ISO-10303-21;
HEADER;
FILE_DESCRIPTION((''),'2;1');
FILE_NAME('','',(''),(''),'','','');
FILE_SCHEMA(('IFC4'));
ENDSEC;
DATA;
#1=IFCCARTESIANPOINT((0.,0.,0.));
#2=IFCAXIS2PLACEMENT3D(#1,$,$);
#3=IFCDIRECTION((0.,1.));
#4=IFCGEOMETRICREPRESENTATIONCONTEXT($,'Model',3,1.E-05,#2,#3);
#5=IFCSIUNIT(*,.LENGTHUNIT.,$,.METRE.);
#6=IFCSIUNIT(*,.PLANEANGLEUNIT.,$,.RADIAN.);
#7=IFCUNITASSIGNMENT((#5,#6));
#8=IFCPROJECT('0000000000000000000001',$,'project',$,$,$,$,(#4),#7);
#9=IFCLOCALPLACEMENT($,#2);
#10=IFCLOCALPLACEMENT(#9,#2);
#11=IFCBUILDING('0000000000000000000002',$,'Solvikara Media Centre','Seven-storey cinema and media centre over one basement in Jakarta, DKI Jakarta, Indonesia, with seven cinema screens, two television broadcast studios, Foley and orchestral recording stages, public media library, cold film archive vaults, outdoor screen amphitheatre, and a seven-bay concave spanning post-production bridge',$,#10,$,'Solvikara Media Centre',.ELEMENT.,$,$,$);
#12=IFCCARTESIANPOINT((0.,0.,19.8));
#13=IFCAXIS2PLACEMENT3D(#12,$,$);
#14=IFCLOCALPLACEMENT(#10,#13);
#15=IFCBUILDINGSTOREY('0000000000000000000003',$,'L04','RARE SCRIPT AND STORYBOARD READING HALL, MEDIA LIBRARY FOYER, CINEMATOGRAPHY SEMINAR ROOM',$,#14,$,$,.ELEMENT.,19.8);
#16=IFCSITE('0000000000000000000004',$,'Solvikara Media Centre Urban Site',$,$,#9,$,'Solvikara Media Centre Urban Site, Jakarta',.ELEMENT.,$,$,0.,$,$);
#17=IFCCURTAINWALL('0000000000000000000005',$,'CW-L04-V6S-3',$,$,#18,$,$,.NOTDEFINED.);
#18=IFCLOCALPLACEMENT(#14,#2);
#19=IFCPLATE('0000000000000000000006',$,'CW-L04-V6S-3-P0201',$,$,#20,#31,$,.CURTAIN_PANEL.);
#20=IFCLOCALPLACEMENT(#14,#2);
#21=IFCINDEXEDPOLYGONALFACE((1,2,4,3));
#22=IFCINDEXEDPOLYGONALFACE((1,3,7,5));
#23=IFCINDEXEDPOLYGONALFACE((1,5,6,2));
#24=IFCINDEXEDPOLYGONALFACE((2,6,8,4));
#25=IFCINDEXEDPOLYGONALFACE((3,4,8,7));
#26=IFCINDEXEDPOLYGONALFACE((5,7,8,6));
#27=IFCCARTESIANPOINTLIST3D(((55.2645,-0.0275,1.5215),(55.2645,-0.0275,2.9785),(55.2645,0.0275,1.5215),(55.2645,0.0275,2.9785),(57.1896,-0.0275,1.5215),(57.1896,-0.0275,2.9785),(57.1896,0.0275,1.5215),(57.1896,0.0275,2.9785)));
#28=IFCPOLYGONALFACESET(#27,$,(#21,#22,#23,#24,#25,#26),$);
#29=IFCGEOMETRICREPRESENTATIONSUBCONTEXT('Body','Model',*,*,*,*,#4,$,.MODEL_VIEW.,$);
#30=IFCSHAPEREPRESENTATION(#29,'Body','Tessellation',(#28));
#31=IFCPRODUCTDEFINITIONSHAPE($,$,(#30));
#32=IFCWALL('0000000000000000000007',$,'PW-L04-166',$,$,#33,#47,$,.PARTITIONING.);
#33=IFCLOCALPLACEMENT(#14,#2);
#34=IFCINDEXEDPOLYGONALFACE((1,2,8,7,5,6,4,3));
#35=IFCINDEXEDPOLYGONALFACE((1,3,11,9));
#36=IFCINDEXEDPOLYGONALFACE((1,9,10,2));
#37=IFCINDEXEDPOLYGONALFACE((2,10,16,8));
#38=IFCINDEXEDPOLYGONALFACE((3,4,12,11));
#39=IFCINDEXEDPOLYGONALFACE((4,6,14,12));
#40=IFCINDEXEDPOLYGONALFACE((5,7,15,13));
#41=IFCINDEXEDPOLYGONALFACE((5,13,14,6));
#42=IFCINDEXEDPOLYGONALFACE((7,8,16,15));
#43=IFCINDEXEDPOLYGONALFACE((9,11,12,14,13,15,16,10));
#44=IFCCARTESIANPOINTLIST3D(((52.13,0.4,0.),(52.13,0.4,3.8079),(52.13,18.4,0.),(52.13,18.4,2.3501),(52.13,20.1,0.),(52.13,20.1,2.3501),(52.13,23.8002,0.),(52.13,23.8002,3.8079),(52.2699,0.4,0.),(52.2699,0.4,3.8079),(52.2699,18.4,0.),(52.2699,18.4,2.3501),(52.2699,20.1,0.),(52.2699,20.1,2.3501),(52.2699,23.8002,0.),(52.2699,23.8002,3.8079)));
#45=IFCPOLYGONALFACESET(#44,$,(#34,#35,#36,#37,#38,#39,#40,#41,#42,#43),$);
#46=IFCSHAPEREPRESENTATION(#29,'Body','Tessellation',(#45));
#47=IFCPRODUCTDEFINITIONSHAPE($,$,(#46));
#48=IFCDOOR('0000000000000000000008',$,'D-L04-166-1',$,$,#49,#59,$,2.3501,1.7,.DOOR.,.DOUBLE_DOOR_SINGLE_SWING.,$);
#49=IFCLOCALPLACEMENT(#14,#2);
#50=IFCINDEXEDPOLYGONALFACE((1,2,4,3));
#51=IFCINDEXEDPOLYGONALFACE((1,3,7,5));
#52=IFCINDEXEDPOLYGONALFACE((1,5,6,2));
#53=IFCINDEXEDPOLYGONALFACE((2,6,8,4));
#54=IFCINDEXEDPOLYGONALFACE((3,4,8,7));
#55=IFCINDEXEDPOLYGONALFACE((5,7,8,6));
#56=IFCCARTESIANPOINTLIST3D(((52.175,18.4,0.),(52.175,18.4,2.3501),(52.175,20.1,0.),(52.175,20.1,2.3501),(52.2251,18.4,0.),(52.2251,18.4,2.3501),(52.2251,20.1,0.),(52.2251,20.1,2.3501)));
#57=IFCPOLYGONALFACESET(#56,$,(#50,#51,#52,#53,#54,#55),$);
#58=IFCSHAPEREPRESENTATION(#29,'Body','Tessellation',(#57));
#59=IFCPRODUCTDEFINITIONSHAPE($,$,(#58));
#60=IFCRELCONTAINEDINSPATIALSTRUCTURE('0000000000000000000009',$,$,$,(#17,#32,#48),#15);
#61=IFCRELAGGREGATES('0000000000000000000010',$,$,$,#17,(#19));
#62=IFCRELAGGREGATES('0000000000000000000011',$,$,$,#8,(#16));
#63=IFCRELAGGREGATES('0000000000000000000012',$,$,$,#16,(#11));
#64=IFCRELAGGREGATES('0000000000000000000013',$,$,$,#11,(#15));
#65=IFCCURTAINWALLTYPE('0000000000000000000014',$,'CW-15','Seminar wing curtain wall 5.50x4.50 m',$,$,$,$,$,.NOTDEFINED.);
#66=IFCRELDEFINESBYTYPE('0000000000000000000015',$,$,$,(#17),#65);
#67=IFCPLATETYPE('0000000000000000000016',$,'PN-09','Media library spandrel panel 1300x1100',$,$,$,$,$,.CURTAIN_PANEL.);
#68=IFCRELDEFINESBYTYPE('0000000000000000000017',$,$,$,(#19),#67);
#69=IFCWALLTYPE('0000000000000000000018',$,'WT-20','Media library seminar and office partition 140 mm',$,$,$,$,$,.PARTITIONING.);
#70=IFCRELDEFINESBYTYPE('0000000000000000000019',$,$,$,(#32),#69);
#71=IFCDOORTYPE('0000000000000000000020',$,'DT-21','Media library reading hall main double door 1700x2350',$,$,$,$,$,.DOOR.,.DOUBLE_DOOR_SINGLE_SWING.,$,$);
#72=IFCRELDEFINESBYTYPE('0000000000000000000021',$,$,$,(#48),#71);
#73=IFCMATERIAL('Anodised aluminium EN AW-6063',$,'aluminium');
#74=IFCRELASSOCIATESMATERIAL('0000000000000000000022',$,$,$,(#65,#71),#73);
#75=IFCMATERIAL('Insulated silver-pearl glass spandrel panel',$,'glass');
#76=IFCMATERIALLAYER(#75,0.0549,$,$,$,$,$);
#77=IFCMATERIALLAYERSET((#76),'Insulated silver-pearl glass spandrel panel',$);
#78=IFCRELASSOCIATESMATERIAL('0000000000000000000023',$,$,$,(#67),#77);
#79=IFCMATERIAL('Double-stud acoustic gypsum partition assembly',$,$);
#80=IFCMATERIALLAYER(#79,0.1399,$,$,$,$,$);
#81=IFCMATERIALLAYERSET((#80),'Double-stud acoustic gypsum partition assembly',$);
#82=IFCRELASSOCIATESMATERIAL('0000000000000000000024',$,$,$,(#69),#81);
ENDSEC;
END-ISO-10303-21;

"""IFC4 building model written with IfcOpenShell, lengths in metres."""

from ifc_helpers import new_model, si_unit, direction, frame, frame_2d, origin, origin_2d, place, context, subcontext, project, spatial, rectangle, extrude, material, layer, layer_set, type_object, element, fill, aggregate, save


model = new_model("IFC4")

# Units and contexts
model_context = context("Model", 3, precision=1e-05, world=origin(), true_north=direction((0.0, 1.0)))
body_context = subcontext(model_context, "Body", "Model", "MODEL_VIEW")
ifc_project = project(units=[si_unit("LENGTHUNIT", "METRE"), si_unit("PLANEANGLEUNIT", "RADIAN")], contexts=[model_context])

# Site, building, storey
site_placement = place(None, origin())
site = spatial("IfcSite", under=ifc_project, at=site_placement, Name="Solvikara Media Centre Urban Site", LongName="Solvikara Media Centre Urban Site, Jakarta", CompositionType="ELEMENT", RefElevation=0.0)
building_placement = place(site_placement, origin())
building = spatial("IfcBuilding", under=site, at=building_placement, Name="Solvikara Media Centre", Description="Seven-storey cinema and media centre over one basement in Jakarta, DKI Jakarta, Indonesia, with seven cinema screens, two television broadcast studios, Foley and orchestral recording stages, public media library, cold film archive vaults, outdoor screen amphitheatre, and a seven-bay concave spanning post-production bridge", LongName="Solvikara Media Centre", CompositionType="ELEMENT")
storey_placement = place(building_placement, frame((0.0, 0.0, 19.8)))
storey = spatial("IfcBuildingStorey", under=building, at=storey_placement, Name="L04", Description="RARE SCRIPT AND STORYBOARD READING HALL, MEDIA LIBRARY FOYER, CINEMATOGRAPHY SEMINAR ROOM", CompositionType="ELEMENT", Elevation=19.8)

# Curtain wall, plate
ifc_material_1 = material(Name="Anodised aluminium EN AW-6063", Category="aluminium")
curtain_wall_type = type_object("IfcCurtainWallType", Name="CW-15", Description="Seminar wing curtain wall 5.50x4.50 m", PredefinedType="NOTDEFINED", material=ifc_material_1)
curtain_wall_placement = place(storey_placement, origin())
curtain_wall = element("IfcCurtainWall", 1, at=curtain_wall_placement, inside=storey, type_object=curtain_wall_type, Name="CW-L04-V6S-3", PredefinedType="NOTDEFINED")
ifc_material_2 = material(Name="Insulated silver-pearl glass spandrel panel", Category="glass")
ifc_layer_1 = layer(ifc_material_2, 0.0549)
ifc_layer_set_1 = layer_set([ifc_layer_1], Name="Insulated silver-pearl glass spandrel panel")
plate_type_1 = type_object("IfcPlateType", Name="PN-09", Description="Media library spandrel panel 1300x1100", PredefinedType="CURTAIN_PANEL", material=ifc_layer_set_1)
plate_1_placement = place(storey_placement, frame((56.2271, 0.0, 1.5215), z_axis=(0.0, 0.0, 1.0), x_axis=(1.0, 0.0, 0.0)))
plate_1 = element("IfcPlate", 2, at=plate_1_placement, type_object=plate_type_1, Name="CW-L04-V6S-3-P0201", PredefinedType="CURTAIN_PANEL", context=body_context, shape_type="SweptSolid", body=[
    extrude(rectangle(XDim=1.925, YDim=0.0549, at=origin_2d()), origin(), (0.0, 0.0, 1.0), 1.457),
])
aggregate(curtain_wall, [plate_1])

# Wall, opening, door
ifc_material_3 = material(Name="Double-stud acoustic gypsum partition assembly")
ifc_layer_2 = layer(ifc_material_3, 0.1399)
ifc_layer_set_2 = layer_set([ifc_layer_2], Name="Double-stud acoustic gypsum partition assembly")
wall_type = type_object("IfcWallType", Name="WT-20", Description="Media library seminar and office partition 140 mm", PredefinedType="PARTITIONING", material=ifc_layer_set_2)
wall_placement = place(storey_placement, frame((52.2, 0.3999, 0.0), z_axis=(0.0, 0.0, 1.0), x_axis=(0.0, 1.0, 0.0)))
wall = element("IfcWall", 3, at=wall_placement, inside=storey, type_object=wall_type, Name="PW-L04-166", PredefinedType="PARTITIONING", context=body_context, shape_type="SweptSolid", body=[
    extrude(rectangle(XDim=23.4001, YDim=0.1399, at=frame_2d((11.7002, 0.0))), origin(), (0.0, 0.0, 1.0), 3.8079),
])
opening_placement = place(wall_placement, frame((18.0, 0.0, 0.0)))
opening = element("IfcOpeningElement", 4, at=opening_placement, cuts=wall, PredefinedType="OPENING", context=body_context, shape_type="SweptSolid", body=[
    extrude(rectangle(XDim=1.7, YDim=2.3501, at=frame_2d((0.8501, 1.175))), frame((0.0, 0.082, 0.0), z_axis=(0.0, -1.0, 0.0), x_axis=(1.0, 0.0, 0.0)), (0.0, 0.0, 1.0), 0.1638),
])
door_type = type_object("IfcDoorType", Name="DT-21", Description="Media library reading hall main double door 1700x2350", OperationType="DOUBLE_DOOR_SINGLE_SWING", PredefinedType="DOOR", material=ifc_material_1)
door_placement = place(opening_placement, origin())
door = element("IfcDoor", 5, at=door_placement, inside=storey, type_object=door_type, Name="D-L04-166-1", OperationType="DOUBLE_DOOR_SINGLE_SWING", OverallHeight=2.3501, OverallWidth=1.7, PredefinedType="DOOR", context=body_context, shape_type="SweptSolid", body=[
    extrude(rectangle(XDim=1.7, YDim=2.3501, at=frame_2d((0.8501, 1.175))), frame((0.0, 0.0249, 0.0), z_axis=(0.0, -1.0, 0.0), x_axis=(1.0, 0.0, 0.0)), (0.0, 0.0, 1.0), 0.05),
])
fill(opening, door)

save(model, "model.ifc")
